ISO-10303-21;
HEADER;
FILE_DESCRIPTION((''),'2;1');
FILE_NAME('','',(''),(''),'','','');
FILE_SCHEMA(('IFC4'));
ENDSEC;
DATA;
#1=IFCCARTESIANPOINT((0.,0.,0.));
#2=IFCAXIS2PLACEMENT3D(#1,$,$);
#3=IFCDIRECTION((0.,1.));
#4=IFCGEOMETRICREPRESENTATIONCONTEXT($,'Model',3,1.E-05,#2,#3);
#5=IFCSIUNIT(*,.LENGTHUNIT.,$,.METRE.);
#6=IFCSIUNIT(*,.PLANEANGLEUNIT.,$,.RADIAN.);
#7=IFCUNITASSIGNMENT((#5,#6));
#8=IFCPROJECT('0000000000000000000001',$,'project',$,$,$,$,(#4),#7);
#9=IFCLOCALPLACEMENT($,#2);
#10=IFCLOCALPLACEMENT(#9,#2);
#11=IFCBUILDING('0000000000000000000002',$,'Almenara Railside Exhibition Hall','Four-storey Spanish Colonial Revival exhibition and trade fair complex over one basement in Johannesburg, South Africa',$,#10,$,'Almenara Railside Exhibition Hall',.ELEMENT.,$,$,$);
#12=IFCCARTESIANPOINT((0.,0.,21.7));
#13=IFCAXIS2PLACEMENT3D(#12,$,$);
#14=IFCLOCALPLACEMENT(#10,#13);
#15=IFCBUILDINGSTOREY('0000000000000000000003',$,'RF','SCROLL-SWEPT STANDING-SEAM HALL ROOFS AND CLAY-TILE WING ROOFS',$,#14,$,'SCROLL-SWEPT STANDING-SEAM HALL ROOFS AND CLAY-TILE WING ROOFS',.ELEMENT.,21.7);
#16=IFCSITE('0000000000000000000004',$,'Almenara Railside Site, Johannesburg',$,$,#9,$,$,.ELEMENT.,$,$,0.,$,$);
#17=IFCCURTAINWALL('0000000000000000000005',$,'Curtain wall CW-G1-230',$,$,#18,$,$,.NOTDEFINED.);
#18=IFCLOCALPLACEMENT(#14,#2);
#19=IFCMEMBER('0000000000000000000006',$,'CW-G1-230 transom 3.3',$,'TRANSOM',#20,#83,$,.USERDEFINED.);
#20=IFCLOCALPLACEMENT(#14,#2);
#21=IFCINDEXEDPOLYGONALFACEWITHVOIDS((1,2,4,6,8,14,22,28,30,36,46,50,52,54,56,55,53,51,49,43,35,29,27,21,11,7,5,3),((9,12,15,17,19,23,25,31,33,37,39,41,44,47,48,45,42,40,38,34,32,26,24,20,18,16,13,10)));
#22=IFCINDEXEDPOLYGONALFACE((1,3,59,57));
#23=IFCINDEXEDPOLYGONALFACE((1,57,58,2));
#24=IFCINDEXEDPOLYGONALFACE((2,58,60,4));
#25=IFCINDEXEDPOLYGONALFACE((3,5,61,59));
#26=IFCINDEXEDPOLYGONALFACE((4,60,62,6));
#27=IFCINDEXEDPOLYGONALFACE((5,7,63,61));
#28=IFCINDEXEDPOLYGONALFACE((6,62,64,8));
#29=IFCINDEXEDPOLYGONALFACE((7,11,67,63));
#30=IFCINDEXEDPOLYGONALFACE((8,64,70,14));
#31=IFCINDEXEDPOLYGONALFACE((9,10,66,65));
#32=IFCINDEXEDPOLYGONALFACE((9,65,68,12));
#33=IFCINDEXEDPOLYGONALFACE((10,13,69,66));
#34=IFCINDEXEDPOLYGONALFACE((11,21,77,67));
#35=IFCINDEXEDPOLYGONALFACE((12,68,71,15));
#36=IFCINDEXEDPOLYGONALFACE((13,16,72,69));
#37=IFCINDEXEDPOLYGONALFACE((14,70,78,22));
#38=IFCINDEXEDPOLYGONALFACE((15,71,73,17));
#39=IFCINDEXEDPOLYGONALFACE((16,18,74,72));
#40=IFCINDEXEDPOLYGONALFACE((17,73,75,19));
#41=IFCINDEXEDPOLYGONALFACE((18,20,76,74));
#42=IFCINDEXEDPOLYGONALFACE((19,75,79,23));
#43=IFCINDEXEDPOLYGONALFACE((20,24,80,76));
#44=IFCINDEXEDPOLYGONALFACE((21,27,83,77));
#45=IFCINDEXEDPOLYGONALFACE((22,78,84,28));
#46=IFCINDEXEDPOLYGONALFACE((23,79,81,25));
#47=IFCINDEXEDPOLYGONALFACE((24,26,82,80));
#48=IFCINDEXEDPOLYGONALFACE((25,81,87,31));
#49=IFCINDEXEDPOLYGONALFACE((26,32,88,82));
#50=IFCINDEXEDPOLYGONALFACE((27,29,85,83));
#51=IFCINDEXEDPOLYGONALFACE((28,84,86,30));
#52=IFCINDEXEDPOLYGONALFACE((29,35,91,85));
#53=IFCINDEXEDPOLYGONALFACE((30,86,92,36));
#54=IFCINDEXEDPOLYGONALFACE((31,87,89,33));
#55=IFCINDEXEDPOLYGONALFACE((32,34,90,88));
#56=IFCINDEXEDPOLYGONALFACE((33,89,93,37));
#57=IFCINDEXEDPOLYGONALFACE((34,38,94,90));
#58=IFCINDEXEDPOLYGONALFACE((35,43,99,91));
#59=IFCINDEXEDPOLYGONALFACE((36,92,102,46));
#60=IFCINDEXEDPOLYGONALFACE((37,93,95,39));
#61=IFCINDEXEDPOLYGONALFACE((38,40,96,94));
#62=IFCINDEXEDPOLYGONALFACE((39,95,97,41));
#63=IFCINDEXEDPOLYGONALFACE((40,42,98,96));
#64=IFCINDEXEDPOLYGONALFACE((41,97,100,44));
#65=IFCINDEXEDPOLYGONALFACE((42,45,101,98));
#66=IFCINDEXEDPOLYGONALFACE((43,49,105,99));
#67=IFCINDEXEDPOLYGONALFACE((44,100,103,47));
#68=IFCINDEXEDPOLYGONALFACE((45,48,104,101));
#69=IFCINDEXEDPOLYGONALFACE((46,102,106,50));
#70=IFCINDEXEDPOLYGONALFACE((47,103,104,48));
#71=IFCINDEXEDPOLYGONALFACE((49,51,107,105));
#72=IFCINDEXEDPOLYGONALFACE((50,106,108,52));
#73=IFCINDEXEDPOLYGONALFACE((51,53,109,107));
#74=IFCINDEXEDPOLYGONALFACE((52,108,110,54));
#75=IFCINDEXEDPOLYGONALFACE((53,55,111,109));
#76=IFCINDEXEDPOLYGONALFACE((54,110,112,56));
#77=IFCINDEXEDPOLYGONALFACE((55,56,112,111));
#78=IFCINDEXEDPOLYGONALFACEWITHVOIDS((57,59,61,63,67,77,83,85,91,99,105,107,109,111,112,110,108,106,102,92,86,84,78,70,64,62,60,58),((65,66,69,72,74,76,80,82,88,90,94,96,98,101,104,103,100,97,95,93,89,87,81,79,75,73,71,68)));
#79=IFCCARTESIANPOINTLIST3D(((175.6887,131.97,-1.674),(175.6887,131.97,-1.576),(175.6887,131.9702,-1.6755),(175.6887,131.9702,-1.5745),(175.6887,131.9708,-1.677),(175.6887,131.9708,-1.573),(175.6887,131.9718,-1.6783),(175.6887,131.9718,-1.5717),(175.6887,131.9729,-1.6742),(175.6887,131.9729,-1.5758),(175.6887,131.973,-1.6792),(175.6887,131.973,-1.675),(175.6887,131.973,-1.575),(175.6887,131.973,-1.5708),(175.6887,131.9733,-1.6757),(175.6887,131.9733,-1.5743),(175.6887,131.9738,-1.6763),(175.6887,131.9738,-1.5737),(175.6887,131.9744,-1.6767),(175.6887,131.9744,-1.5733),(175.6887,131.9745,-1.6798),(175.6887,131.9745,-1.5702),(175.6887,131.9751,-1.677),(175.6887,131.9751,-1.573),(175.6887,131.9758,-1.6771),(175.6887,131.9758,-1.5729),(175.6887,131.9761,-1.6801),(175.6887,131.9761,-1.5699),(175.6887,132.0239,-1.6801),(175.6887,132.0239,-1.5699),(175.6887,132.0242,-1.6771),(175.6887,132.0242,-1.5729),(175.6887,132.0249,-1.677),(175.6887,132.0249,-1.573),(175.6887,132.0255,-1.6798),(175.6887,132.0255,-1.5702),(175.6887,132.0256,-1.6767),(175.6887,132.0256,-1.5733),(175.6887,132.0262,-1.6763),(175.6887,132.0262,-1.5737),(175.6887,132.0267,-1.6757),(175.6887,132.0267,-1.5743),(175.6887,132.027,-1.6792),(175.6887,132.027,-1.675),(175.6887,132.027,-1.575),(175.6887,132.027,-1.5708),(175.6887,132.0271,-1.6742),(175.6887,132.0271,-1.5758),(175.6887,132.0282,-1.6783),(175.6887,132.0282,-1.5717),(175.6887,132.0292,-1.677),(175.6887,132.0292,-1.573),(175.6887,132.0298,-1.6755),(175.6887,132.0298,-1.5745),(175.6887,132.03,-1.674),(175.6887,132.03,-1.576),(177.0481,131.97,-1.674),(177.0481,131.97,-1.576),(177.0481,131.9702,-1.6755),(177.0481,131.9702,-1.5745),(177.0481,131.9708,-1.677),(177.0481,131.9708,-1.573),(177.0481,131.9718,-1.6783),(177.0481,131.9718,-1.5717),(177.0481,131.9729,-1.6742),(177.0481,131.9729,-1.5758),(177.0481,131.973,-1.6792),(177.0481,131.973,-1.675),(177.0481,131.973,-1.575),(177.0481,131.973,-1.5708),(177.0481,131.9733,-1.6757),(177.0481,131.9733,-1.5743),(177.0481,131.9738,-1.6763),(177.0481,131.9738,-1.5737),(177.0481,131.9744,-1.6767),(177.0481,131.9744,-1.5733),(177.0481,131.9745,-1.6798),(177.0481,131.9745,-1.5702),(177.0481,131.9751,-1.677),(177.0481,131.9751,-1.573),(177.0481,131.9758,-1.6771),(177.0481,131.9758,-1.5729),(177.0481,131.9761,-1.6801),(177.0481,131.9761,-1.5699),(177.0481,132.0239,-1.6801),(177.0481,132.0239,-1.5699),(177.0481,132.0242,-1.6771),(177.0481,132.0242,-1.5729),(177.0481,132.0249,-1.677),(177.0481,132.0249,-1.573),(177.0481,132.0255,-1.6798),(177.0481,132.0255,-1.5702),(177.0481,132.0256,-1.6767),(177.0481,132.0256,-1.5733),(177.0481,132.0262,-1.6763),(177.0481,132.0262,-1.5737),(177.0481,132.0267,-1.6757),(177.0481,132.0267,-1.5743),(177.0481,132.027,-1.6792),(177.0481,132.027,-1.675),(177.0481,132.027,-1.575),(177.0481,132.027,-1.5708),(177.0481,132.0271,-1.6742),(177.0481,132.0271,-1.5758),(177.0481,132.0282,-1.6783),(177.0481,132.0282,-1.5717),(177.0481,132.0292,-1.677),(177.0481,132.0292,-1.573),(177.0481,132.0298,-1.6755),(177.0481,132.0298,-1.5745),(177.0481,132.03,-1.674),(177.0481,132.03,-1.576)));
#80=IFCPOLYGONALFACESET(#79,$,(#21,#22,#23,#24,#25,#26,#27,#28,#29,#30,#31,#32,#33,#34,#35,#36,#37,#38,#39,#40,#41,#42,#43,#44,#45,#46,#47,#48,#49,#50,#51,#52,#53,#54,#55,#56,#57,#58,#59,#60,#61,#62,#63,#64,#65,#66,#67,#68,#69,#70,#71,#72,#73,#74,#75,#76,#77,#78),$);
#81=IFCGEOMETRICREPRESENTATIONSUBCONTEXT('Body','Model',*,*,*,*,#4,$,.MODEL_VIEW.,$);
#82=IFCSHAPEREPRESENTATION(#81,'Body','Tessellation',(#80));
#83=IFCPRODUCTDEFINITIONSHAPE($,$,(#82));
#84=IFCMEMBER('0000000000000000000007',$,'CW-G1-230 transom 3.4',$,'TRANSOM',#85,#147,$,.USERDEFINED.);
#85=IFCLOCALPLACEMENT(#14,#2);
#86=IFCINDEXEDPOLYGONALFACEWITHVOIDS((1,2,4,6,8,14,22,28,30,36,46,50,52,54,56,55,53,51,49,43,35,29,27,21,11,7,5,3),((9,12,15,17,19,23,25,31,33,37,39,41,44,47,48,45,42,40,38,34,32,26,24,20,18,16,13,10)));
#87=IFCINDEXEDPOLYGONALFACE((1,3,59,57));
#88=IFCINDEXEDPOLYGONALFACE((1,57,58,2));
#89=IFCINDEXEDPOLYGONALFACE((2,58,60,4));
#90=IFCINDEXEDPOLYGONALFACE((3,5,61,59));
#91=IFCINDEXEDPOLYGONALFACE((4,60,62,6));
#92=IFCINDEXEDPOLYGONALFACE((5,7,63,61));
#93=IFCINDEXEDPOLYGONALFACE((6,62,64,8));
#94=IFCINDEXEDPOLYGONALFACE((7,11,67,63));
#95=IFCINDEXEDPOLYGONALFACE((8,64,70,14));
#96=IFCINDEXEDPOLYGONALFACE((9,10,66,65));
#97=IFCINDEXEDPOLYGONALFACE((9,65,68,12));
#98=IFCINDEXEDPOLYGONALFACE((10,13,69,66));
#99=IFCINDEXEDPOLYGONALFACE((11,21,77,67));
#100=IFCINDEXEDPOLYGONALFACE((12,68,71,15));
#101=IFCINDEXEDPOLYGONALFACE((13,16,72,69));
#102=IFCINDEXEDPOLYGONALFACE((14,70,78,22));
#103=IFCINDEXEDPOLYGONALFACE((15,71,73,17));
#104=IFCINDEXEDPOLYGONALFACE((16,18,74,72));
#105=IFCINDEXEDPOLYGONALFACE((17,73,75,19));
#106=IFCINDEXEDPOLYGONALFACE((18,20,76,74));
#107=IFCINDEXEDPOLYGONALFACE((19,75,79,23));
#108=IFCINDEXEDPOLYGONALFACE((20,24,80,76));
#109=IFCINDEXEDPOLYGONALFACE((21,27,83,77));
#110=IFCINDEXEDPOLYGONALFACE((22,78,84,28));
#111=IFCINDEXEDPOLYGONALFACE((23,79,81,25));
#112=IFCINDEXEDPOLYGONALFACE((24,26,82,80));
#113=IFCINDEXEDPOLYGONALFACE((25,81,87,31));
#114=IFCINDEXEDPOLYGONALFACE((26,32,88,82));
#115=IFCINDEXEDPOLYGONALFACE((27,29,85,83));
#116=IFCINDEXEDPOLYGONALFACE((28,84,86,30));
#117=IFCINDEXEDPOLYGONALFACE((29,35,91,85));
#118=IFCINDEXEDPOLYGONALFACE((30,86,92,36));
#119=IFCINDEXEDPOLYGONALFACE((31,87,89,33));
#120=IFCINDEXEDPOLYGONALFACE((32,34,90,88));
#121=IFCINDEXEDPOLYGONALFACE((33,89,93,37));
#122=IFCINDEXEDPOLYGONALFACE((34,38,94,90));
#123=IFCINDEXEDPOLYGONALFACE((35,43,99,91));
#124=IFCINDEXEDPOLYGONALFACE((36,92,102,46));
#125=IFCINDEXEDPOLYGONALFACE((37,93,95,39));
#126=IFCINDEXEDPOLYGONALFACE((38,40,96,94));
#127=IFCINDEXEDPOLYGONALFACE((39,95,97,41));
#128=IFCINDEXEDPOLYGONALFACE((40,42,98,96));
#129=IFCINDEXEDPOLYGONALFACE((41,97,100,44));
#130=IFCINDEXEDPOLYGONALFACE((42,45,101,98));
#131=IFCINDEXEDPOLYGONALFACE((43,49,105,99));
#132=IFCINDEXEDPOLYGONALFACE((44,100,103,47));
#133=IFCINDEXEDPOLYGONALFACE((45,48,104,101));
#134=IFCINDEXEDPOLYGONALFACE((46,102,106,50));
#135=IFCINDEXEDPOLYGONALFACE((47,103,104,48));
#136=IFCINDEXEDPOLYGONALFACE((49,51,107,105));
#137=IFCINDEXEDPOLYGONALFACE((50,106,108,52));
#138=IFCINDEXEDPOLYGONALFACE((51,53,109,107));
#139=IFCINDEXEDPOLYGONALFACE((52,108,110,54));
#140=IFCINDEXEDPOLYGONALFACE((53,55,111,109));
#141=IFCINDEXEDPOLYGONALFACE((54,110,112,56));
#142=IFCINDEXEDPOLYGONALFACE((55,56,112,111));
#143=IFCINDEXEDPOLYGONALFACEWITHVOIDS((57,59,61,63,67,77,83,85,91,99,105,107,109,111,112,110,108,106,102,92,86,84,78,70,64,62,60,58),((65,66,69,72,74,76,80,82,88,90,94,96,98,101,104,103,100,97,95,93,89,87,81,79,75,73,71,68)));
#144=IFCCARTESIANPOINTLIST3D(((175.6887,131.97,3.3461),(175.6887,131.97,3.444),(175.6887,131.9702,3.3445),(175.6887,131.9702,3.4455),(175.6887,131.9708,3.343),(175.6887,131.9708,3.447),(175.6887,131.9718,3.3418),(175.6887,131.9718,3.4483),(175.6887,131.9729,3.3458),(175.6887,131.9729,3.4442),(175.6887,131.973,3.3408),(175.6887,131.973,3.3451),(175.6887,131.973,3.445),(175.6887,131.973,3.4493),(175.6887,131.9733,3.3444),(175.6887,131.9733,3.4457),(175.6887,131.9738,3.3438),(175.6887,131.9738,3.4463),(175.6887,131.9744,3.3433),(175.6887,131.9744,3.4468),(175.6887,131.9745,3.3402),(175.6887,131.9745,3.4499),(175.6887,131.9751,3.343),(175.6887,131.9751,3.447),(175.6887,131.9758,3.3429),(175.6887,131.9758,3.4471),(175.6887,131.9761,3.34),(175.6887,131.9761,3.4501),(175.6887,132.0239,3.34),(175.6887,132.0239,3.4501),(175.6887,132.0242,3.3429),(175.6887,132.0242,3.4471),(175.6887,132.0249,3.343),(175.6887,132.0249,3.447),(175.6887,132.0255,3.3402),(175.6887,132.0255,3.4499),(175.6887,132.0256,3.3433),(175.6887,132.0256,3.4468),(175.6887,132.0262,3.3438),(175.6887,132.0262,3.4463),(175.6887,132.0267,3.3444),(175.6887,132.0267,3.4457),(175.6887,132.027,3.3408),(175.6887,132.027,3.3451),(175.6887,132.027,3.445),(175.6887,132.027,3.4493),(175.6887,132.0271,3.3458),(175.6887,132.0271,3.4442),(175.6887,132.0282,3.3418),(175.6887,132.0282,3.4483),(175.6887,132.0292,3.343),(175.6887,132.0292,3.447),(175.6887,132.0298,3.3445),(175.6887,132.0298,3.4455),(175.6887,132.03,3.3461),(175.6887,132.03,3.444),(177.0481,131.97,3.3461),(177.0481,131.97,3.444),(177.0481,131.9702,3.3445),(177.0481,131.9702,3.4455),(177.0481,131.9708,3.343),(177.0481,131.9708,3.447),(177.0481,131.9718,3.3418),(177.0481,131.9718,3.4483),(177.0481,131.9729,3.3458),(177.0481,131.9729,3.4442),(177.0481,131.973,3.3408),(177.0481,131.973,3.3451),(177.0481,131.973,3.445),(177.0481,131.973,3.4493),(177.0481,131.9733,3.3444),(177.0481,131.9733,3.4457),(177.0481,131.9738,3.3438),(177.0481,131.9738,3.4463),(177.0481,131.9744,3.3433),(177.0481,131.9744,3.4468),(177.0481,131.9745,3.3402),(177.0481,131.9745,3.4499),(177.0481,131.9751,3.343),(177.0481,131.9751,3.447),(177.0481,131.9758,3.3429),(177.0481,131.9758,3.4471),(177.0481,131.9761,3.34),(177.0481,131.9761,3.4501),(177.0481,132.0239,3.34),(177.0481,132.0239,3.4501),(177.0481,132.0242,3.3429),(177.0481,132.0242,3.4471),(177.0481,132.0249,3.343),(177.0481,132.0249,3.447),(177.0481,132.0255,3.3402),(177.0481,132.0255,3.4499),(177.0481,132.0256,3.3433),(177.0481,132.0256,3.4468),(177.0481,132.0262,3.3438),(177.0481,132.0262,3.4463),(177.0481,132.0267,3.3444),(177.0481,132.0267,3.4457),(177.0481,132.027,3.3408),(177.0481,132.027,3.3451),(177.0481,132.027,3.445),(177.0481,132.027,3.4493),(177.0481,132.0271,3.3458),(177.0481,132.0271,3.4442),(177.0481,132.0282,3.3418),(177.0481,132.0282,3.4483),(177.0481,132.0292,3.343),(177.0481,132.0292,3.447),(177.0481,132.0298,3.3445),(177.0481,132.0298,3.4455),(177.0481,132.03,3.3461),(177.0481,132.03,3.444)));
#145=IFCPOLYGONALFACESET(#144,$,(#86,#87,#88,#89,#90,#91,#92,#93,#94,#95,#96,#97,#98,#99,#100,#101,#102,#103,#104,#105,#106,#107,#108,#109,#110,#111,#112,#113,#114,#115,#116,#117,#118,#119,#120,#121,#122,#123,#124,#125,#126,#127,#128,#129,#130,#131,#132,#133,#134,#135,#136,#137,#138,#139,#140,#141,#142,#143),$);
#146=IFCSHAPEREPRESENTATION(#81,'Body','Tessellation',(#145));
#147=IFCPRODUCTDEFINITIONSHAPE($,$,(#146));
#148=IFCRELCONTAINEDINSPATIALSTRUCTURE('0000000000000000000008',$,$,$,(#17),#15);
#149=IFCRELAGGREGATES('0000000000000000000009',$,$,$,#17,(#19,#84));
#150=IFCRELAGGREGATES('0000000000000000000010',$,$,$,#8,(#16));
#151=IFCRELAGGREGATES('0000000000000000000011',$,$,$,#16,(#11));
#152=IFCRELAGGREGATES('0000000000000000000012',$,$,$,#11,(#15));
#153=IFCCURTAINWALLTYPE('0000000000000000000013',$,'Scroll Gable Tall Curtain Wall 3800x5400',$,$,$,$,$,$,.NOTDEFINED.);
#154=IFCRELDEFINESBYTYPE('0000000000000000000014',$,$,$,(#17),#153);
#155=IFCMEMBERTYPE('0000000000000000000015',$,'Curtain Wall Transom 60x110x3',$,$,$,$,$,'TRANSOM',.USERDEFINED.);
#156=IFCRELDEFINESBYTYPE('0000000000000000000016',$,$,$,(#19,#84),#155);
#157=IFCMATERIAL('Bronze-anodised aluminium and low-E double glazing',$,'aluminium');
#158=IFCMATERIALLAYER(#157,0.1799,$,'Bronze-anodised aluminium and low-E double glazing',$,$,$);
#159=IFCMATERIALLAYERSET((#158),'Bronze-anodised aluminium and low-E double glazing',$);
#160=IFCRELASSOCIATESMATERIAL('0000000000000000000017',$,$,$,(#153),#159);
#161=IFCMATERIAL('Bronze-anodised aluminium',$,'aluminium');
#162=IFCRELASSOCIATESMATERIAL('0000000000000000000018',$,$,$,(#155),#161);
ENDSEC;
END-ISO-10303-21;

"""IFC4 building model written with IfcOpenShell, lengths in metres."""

from ifc_helpers import new_model, si_unit, direction, frame, origin, origin_2d, place, context, subcontext, project, spatial, hollow_rectangle, extrude, material, layer, layer_set, material_profile, profile_set, type_object, element, aggregate, save


model = new_model("IFC4")

# Units and contexts
model_context = context("Model", 3, precision=1e-05, world=origin(), true_north=direction((0.0, 1.0)))
body_context = subcontext(model_context, "Body", "Model", "MODEL_VIEW")
ifc_project = project(units=[si_unit("LENGTHUNIT", "METRE"), si_unit("PLANEANGLEUNIT", "RADIAN")], contexts=[model_context])

# Site, building, storey
site_placement = place(None, origin())
site = spatial("IfcSite", under=ifc_project, at=site_placement, Name="Almenara Railside Site, Johannesburg", CompositionType="ELEMENT", RefElevation=0.0)
building_placement = place(site_placement, origin())
building = spatial("IfcBuilding", under=site, at=building_placement, Name="Almenara Railside Exhibition Hall", Description="Four-storey Spanish Colonial Revival exhibition and trade fair complex over one basement in Johannesburg, South Africa", LongName="Almenara Railside Exhibition Hall", CompositionType="ELEMENT")
storey_placement = place(building_placement, frame((0.0, 0.0, 21.7)))
storey = spatial("IfcBuildingStorey", under=building, at=storey_placement, Name="RF", Description="SCROLL-SWEPT STANDING-SEAM HALL ROOFS AND CLAY-TILE WING ROOFS", LongName="SCROLL-SWEPT STANDING-SEAM HALL ROOFS AND CLAY-TILE WING ROOFS", CompositionType="ELEMENT", Elevation=21.7)

# Shared definitions
ifc_material_1 = material(Name="Bronze-anodised aluminium and low-E double glazing", Category="aluminium")
ifc_layer_1 = layer(ifc_material_1, 0.1799, Name="Bronze-anodised aluminium and low-E double glazing")
ifc_layer_set_1 = layer_set([ifc_layer_1], Name="Bronze-anodised aluminium and low-E double glazing")
curtain_wall_type = type_object("IfcCurtainWallType", Name="Scroll Gable Tall Curtain Wall 3800x5400", PredefinedType="NOTDEFINED", material=ifc_layer_set_1)
ifc_material_2 = material(Name="Bronze-anodised aluminium", Category="aluminium")

# Curtain wall, members
curtain_wall_1_placement = place(storey_placement, origin())
curtain_wall_1 = element("IfcCurtainWall", 1, at=curtain_wall_1_placement, inside=storey, type_object=curtain_wall_type, Name="Curtain wall CW-G1-230", PredefinedType="NOTDEFINED")
ifc_material_profile_1 = material_profile(ifc_material_2, hollow_rectangle(XDim=0.0601, YDim=0.1101, WallThickness=0.0029, InnerFilletRadius=0.0029, OuterFilletRadius=0.0061, at=origin_2d()), Name="ALU-TRN 60x110x3")
ifc_profile_set_1 = profile_set([ifc_material_profile_1], Name="Bronze-anodised aluminium")
member_type_1 = type_object("IfcMemberType", Name="Curtain Wall Transom 60x110x3", ElementType="TRANSOM", PredefinedType="USERDEFINED", material=ifc_profile_set_1)
member_1_placement = place(storey_placement, frame((175.6887, 132.0, -1.625), z_axis=(1.0, 0.0, 0.0), x_axis=(0.0, 1.0, 0.0)))
member_1 = element("IfcMember", 2, at=member_1_placement, type_object=member_type_1, Name="CW-G1-230 transom 3.3", ObjectType="TRANSOM", PredefinedType="USERDEFINED", context=body_context, shape_type="SweptSolid", body=[
    extrude(hollow_rectangle(XDim=0.0601, YDim=0.1101, WallThickness=0.0029, InnerFilletRadius=0.0029, OuterFilletRadius=0.0061, at=origin_2d()), origin(), (0.0, 0.0, 1.0), 1.3594),
])
member_2_placement = place(storey_placement, frame((175.6887, 132.0, 3.395), z_axis=(1.0, 0.0, 0.0), x_axis=(0.0, 1.0, 0.0)))
member_2 = element("IfcMember", 3, at=member_2_placement, type_object=member_type_1, Name="CW-G1-230 transom 3.4", ObjectType="TRANSOM", PredefinedType="USERDEFINED", context=body_context, shape_type="SweptSolid", body=[
    extrude(hollow_rectangle(XDim=0.0601, YDim=0.1101, WallThickness=0.0029, InnerFilletRadius=0.0029, OuterFilletRadius=0.0061, at=origin_2d()), origin(), (0.0, 0.0, 1.0), 1.3594),
])

aggregate(curtain_wall_1, [member_1, member_2])

save(model, "model.ifc")
